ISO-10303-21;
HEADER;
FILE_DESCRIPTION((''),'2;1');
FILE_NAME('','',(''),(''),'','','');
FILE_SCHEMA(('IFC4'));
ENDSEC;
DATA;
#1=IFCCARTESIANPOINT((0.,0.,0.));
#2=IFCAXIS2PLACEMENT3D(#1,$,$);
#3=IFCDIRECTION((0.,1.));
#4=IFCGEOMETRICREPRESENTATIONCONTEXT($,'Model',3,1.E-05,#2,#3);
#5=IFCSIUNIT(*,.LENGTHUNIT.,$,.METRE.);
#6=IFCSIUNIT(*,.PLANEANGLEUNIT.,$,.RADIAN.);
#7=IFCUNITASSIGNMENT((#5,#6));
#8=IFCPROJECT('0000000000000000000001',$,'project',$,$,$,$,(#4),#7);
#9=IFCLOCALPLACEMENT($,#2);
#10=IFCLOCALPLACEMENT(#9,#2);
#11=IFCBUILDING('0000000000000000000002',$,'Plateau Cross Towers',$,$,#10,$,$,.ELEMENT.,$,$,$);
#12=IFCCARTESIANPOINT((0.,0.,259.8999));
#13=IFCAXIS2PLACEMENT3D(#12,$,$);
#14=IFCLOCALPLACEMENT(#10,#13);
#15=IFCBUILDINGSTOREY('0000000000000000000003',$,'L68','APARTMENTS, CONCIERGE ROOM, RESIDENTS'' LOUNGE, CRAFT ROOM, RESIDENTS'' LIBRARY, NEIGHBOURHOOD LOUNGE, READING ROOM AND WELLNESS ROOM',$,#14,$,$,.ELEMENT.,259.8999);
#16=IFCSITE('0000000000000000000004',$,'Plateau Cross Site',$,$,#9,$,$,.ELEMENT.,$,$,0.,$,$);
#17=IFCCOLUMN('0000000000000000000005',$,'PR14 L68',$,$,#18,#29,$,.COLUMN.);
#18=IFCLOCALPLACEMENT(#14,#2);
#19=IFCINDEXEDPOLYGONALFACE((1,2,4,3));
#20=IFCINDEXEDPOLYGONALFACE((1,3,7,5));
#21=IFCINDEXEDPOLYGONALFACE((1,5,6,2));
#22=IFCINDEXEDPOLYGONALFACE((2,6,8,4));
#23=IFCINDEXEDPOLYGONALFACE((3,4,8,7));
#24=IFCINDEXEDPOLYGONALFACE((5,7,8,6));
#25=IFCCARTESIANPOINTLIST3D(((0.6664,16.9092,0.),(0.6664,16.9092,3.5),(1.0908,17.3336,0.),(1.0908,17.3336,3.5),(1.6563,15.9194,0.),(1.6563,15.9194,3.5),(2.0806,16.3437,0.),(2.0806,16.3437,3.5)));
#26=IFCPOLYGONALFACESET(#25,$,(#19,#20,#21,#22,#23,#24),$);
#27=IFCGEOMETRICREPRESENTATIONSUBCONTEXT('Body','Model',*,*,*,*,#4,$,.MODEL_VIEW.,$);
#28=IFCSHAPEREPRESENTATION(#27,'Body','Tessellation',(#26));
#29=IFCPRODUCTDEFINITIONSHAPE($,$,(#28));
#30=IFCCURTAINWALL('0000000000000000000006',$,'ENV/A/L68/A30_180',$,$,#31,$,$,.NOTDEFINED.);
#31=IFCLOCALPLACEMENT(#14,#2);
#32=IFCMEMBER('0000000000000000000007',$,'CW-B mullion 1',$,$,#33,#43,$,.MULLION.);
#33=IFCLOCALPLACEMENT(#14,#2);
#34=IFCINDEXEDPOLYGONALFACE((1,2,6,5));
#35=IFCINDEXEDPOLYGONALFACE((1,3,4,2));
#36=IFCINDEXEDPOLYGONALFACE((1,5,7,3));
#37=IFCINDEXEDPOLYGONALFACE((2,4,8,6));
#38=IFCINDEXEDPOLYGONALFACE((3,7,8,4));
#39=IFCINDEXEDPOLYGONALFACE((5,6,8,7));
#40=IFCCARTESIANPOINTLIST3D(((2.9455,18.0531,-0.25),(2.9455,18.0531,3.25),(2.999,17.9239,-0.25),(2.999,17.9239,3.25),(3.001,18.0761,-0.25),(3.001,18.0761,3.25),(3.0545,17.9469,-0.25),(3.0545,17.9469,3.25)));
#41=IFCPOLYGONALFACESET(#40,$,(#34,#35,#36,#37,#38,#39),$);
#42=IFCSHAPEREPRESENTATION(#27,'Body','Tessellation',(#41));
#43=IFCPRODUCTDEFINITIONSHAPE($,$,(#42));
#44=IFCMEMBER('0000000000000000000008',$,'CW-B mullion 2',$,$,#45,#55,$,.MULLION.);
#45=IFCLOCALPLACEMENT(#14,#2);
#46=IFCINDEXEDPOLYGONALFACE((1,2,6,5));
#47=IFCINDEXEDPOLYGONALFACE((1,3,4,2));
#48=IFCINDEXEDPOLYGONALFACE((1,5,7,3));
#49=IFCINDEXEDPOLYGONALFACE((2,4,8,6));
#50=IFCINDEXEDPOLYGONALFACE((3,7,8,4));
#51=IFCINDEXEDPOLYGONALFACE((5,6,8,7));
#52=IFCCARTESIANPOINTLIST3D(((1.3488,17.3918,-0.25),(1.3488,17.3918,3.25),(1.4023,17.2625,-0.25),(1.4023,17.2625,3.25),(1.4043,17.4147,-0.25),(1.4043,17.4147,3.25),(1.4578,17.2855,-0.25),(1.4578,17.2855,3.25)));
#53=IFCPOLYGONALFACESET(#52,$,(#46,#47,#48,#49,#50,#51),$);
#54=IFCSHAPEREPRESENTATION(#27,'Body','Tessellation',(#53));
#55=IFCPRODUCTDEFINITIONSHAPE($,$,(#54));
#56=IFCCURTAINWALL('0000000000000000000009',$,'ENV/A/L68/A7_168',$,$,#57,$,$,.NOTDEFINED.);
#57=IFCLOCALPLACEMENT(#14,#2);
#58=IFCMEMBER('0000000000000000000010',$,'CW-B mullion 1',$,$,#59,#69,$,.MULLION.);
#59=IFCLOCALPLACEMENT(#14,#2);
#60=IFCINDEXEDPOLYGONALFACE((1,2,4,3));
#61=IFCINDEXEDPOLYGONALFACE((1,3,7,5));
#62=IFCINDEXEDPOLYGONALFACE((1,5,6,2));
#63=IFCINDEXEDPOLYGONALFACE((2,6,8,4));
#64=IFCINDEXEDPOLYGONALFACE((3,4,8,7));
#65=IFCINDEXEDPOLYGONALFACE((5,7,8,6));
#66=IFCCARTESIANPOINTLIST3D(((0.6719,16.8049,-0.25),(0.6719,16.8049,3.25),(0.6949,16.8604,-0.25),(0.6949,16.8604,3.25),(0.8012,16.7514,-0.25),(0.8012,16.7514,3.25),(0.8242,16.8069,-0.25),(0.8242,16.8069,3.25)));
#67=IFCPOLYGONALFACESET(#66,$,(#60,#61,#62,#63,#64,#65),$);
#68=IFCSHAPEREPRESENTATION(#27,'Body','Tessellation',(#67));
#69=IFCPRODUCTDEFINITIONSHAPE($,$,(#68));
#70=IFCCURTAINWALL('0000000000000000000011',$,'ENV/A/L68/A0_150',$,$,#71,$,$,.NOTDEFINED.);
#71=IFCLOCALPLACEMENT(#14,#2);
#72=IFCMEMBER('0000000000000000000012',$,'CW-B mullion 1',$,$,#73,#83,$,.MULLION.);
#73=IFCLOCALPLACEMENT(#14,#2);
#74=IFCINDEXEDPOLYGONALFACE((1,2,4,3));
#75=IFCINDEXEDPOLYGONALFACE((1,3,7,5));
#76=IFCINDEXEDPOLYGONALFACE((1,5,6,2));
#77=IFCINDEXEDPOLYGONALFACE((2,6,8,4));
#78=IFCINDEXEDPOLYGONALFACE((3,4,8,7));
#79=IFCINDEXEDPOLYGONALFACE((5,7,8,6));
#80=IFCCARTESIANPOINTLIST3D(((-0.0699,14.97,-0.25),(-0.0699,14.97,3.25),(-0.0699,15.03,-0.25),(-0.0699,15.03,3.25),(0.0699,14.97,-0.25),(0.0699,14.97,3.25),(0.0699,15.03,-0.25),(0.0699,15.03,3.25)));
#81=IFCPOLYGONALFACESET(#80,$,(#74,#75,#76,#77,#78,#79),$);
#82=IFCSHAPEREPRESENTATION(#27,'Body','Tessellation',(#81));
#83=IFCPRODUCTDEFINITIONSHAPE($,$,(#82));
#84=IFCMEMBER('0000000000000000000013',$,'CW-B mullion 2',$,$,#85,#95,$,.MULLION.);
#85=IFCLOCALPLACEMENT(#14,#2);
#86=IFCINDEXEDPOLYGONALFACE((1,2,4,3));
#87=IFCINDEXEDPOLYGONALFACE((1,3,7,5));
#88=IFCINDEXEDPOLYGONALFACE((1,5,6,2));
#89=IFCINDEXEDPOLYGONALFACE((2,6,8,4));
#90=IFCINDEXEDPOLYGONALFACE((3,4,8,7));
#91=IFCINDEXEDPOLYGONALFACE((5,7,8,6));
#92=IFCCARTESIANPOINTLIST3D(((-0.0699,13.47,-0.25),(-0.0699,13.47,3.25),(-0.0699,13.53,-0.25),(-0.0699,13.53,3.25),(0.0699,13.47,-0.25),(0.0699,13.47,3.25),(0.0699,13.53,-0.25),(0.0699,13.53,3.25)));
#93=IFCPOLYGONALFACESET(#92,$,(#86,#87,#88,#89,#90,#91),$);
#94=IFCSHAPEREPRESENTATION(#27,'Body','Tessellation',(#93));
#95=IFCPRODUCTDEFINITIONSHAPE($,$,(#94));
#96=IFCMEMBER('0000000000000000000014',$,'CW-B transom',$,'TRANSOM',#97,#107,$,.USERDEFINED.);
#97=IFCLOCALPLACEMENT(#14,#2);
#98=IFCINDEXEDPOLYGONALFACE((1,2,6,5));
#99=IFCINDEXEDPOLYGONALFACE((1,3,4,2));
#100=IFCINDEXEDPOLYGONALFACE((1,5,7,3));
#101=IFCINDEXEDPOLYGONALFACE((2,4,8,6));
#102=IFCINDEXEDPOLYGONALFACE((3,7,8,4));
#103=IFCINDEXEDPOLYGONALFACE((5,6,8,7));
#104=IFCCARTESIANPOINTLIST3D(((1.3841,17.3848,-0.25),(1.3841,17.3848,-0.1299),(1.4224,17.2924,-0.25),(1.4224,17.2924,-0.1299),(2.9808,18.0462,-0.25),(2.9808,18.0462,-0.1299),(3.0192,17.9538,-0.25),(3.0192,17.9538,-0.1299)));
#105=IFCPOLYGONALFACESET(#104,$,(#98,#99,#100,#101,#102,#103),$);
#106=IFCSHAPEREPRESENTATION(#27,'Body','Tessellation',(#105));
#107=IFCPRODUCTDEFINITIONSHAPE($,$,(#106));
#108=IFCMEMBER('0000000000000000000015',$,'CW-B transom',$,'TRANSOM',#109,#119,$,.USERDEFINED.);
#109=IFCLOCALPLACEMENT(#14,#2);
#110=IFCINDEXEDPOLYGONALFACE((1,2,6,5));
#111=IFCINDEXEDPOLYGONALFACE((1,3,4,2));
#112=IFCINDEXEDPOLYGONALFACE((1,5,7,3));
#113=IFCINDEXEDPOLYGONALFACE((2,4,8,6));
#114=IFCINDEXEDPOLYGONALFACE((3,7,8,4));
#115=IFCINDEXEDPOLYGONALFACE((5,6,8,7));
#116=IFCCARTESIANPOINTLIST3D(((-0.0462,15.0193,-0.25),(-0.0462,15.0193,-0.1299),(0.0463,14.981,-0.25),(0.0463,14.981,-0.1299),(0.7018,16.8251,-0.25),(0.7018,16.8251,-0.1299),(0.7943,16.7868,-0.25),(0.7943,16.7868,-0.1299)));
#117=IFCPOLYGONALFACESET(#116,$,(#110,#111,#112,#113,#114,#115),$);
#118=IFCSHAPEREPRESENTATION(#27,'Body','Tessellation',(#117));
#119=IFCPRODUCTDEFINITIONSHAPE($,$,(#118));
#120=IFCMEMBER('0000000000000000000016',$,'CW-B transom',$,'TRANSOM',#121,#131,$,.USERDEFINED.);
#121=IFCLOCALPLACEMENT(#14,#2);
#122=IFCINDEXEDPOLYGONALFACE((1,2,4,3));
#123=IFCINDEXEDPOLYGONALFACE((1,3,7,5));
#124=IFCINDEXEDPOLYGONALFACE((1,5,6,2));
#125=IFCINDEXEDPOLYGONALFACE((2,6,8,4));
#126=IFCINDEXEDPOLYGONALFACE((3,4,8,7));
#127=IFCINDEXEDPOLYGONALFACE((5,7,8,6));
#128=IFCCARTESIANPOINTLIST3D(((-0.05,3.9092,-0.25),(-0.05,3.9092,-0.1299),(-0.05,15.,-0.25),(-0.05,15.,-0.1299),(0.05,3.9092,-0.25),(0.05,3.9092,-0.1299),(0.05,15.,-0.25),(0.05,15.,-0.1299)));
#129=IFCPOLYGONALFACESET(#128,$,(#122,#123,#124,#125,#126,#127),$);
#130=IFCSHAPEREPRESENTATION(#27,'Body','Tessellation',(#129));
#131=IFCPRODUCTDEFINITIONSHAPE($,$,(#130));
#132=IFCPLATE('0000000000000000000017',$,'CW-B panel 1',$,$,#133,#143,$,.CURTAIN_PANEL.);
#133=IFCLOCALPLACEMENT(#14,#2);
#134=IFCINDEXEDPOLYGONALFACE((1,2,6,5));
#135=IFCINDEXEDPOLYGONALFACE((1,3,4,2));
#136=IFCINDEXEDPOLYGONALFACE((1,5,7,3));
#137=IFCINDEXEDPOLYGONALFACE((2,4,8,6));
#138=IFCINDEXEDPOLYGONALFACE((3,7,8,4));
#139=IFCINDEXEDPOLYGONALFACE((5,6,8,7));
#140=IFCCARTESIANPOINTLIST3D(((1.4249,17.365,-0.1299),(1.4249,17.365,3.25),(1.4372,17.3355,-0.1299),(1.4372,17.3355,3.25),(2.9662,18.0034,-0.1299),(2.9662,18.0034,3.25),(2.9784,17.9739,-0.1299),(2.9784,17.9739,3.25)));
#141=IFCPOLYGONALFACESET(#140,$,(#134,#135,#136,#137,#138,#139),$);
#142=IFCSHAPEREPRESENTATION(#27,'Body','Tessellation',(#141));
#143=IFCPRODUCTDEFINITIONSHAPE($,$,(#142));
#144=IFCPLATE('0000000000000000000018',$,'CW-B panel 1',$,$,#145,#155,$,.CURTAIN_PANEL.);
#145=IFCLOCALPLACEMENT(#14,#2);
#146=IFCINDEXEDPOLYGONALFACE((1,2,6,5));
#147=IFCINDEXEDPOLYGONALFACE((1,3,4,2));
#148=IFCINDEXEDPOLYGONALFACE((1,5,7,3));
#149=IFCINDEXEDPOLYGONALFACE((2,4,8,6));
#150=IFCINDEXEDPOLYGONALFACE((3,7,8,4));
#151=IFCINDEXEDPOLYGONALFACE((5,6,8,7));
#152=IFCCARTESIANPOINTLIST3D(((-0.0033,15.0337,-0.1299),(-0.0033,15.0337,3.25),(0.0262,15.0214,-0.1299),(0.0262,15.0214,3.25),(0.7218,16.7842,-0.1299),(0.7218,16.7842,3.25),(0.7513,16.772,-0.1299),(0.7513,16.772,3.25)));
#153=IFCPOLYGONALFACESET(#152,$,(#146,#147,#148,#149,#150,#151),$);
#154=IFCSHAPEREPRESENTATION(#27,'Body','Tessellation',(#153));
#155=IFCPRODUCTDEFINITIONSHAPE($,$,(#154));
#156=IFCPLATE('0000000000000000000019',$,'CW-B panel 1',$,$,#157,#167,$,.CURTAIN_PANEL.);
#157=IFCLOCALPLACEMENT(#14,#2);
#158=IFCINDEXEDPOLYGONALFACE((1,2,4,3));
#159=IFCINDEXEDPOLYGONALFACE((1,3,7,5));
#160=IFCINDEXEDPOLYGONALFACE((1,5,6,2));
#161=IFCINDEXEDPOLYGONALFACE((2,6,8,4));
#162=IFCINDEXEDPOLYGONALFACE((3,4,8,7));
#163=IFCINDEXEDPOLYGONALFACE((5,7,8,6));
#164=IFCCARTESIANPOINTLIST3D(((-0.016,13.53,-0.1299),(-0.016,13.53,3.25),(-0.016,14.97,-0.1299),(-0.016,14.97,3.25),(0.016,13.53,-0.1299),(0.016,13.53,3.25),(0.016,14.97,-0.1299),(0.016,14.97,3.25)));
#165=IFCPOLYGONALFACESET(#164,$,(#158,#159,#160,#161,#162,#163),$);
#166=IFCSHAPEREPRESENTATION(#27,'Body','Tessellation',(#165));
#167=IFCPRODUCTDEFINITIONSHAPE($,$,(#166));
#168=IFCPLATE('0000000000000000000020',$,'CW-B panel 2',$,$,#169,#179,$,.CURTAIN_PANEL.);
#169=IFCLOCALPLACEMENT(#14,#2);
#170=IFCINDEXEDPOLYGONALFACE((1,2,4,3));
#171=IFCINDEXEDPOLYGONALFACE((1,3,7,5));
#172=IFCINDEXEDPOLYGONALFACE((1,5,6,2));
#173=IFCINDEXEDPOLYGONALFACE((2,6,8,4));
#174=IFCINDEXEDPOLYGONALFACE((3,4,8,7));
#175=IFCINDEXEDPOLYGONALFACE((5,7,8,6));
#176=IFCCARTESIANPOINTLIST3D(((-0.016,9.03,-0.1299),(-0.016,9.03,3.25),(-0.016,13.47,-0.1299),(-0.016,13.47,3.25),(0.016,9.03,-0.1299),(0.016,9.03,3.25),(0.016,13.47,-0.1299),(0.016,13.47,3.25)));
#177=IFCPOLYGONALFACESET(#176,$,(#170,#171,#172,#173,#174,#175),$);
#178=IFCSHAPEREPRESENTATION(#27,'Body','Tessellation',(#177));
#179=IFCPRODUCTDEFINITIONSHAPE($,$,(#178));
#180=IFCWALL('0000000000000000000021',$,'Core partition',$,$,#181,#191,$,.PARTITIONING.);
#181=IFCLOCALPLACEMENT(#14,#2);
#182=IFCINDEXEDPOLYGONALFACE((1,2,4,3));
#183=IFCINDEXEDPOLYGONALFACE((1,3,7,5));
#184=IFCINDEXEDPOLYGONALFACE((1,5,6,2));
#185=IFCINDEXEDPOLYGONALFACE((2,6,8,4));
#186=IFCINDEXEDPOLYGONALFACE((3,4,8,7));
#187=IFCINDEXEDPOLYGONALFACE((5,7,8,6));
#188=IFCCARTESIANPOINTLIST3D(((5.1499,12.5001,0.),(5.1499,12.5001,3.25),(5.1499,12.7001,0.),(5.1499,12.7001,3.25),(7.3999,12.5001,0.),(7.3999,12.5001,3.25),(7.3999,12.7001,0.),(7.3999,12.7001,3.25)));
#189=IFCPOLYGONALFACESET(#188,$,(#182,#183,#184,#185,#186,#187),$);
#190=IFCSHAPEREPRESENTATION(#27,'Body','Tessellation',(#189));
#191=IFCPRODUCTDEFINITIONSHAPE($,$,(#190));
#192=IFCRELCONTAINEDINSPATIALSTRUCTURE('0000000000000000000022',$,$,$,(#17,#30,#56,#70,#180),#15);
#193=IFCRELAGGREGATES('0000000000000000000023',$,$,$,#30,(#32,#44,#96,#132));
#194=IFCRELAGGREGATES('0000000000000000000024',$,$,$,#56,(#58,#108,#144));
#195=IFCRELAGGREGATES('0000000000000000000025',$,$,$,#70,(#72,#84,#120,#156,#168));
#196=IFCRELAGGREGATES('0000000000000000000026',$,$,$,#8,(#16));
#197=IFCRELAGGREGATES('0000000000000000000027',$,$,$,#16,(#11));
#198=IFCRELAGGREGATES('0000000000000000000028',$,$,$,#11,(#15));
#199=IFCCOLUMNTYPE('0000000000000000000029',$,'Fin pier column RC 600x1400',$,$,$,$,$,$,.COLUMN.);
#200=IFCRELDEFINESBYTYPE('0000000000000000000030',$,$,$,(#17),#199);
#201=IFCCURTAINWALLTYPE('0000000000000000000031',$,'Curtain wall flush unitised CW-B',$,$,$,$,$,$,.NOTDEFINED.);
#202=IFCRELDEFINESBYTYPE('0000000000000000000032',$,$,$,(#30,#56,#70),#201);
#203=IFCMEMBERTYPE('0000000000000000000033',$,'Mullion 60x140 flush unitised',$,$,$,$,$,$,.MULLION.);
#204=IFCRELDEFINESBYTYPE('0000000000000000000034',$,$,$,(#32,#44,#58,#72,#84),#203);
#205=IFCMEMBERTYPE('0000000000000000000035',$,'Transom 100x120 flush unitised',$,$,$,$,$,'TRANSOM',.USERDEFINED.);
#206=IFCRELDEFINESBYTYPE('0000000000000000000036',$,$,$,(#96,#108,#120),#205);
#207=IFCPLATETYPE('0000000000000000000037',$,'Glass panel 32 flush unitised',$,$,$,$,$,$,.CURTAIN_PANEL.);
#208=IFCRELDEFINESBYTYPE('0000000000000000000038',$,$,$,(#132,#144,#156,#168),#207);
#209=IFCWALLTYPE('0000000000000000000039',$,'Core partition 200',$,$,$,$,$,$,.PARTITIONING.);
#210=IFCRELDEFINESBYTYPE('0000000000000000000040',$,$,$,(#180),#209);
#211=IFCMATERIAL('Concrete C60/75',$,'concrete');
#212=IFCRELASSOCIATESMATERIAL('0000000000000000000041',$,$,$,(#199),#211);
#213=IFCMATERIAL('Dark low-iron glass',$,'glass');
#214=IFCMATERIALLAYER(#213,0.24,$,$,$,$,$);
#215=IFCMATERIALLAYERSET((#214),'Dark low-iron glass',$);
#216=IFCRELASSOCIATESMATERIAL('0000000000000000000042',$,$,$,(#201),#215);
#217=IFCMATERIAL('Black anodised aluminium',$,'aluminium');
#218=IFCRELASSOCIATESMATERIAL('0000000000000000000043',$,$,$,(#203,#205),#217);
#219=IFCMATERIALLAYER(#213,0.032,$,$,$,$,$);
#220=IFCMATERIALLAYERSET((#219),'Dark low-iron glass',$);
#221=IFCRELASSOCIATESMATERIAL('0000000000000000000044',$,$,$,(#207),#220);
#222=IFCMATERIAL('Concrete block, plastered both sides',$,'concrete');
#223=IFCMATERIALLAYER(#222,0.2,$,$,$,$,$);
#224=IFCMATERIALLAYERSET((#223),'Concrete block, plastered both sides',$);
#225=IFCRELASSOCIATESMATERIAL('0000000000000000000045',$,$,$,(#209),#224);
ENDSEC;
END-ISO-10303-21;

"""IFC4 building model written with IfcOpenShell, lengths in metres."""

from ifc_helpers import new_model, si_unit, direction, frame, frame_2d, origin, origin_2d, place, context, subcontext, project, spatial, rectangle, extrude, material, layer, layer_set, material_profile, profile_set, type_object, element, aggregate, save


model = new_model("IFC4")

# Units and contexts
model_context = context("Model", 3, precision=1e-05, world=origin(), true_north=direction((0.0, 1.0)))
body_context = subcontext(model_context, "Body", "Model", "MODEL_VIEW")
ifc_project = project(units=[si_unit("LENGTHUNIT", "METRE"), si_unit("PLANEANGLEUNIT", "RADIAN")], contexts=[model_context])

# Site, building, storey
site_placement = place(None, origin())
site = spatial("IfcSite", under=ifc_project, at=site_placement, Name="Plateau Cross Site", CompositionType="ELEMENT", RefElevation=0.0)
building_placement = place(site_placement, origin())
building = spatial("IfcBuilding", under=site, at=building_placement, Name="Plateau Cross Towers", CompositionType="ELEMENT")
storey_placement = place(building_placement, frame((0.0, 0.0, 259.8999)))
storey = spatial("IfcBuildingStorey", under=building, at=storey_placement, Name="L68", Description="APARTMENTS, CONCIERGE ROOM, RESIDENTS' LOUNGE, CRAFT ROOM, RESIDENTS' LIBRARY, NEIGHBOURHOOD LOUNGE, READING ROOM AND WELLNESS ROOM", CompositionType="ELEMENT", Elevation=259.8999)

# Column
ifc_material_1 = material(Name="Concrete C60/75", Category="concrete")
ifc_material_profile_1 = material_profile(ifc_material_1, rectangle(XDim=0.6001, YDim=1.3999, at=origin_2d()), Name="RC 600x1400")
ifc_profile_set_1 = profile_set([ifc_material_profile_1], Name="Concrete C60/75")
column_type = type_object("IfcColumnType", Name="Fin pier column RC 600x1400", PredefinedType="COLUMN", material=ifc_profile_set_1)
column_placement = place(storey_placement, frame((1.3735, 16.6265, 0.0), z_axis=(0.0, 0.0, 1.0), x_axis=(0.707107, 0.707107, 0.0)))
element("IfcColumn", 1, at=column_placement, inside=storey, type_object=column_type, Name="PR14 L68", PredefinedType="COLUMN", context=body_context, shape_type="SweptSolid", body=[
    extrude(rectangle(XDim=0.6001, YDim=1.3999, at=origin_2d()), origin(), (0.0, 0.0, 1.0), 3.5),
])

# Curtain wall, members
ifc_material_2 = material(Name="Dark low-iron glass", Category="glass")
ifc_layer_1 = layer(ifc_material_2, 0.24)
ifc_layer_set_1 = layer_set([ifc_layer_1], Name="Dark low-iron glass")
curtain_wall_type = type_object("IfcCurtainWallType", Name="Curtain wall flush unitised CW-B", PredefinedType="NOTDEFINED", material=ifc_layer_set_1)
curtain_wall_1_placement = place(storey_placement, origin())
curtain_wall_1 = element("IfcCurtainWall", 2, at=curtain_wall_1_placement, inside=storey, type_object=curtain_wall_type, Name="ENV/A/L68/A30_180", PredefinedType="NOTDEFINED")
ifc_material_3 = material(Name="Black anodised aluminium", Category="aluminium")
ifc_material_profile_2 = material_profile(ifc_material_3, rectangle(XDim=0.0601, YDim=0.1399, at=origin_2d()), Name="MULLION 60x140")
ifc_profile_set_2 = profile_set([ifc_material_profile_2], Name="Black anodised aluminium")
member_type_1 = type_object("IfcMemberType", Name="Mullion 60x140 flush unitised", PredefinedType="MULLION", material=ifc_profile_set_2)
member_1_placement = place(storey_placement, frame((3.0, 18.0, -0.25), z_axis=(0.0, 0.0, 1.0), x_axis=(-0.923879, -0.382684, 0.0)))
member_1 = element("IfcMember", 3, at=member_1_placement, type_object=member_type_1, Name="CW-B mullion 1", PredefinedType="MULLION", context=body_context, shape_type="SweptSolid", body=[
    extrude(rectangle(XDim=0.0601, YDim=0.1399, at=origin_2d()), origin(), (0.0, 0.0, 1.0), 3.5),
])
member_2_placement = place(storey_placement, frame((1.4033, 17.3386, -0.25), z_axis=(0.0, 0.0, 1.0), x_axis=(-0.923879, -0.382684, 0.0)))
member_2 = element("IfcMember", 4, at=member_2_placement, type_object=member_type_1, Name="CW-B mullion 2", PredefinedType="MULLION", context=body_context, shape_type="SweptSolid", body=[
    extrude(rectangle(XDim=0.0601, YDim=0.1399, at=origin_2d()), origin(), (0.0, 0.0, 1.0), 3.5),
])

# Curtain wall, member
curtain_wall_2_placement = place(storey_placement, origin())
curtain_wall_2 = element("IfcCurtainWall", 5, at=curtain_wall_2_placement, inside=storey, type_object=curtain_wall_type, Name="ENV/A/L68/A7_168", PredefinedType="NOTDEFINED")
member_3_placement = place(storey_placement, frame((0.748, 16.8059, -0.25), z_axis=(0.0, 0.0, 1.0), x_axis=(-0.382684, -0.923879, 0.0)))
member_3 = element("IfcMember", 6, at=member_3_placement, type_object=member_type_1, Name="CW-B mullion 1", PredefinedType="MULLION", context=body_context, shape_type="SweptSolid", body=[
    extrude(rectangle(XDim=0.0601, YDim=0.1399, at=origin_2d()), origin(), (0.0, 0.0, 1.0), 3.5),
])

# Curtain wall, members
curtain_wall_3_placement = place(storey_placement, origin())
curtain_wall_3 = element("IfcCurtainWall", 7, at=curtain_wall_3_placement, inside=storey, type_object=curtain_wall_type, Name="ENV/A/L68/A0_150", PredefinedType="NOTDEFINED")
member_4_placement = place(storey_placement, frame((0.0, 15.0, -0.25), z_axis=(0.0, 0.0, 1.0), x_axis=(0.0, -1.0, 0.0)))
member_4 = element("IfcMember", 8, at=member_4_placement, type_object=member_type_1, Name="CW-B mullion 1", PredefinedType="MULLION", context=body_context, shape_type="SweptSolid", body=[
    extrude(rectangle(XDim=0.0601, YDim=0.1399, at=origin_2d()), origin(), (0.0, 0.0, 1.0), 3.5),
])
member_5_placement = place(storey_placement, frame((0.0, 13.5, -0.25), z_axis=(0.0, 0.0, 1.0), x_axis=(0.0, -1.0, 0.0)))
member_5 = element("IfcMember", 9, at=member_5_placement, type_object=member_type_1, Name="CW-B mullion 2", PredefinedType="MULLION", context=body_context, shape_type="SweptSolid", body=[
    extrude(rectangle(XDim=0.0601, YDim=0.1399, at=origin_2d()), origin(), (0.0, 0.0, 1.0), 3.5),
])

# Members
ifc_material_profile_3 = material_profile(ifc_material_3, rectangle(XDim=0.1001, YDim=0.1201, at=origin_2d()), Name="TRANSOM 100x120")
ifc_profile_set_3 = profile_set([ifc_material_profile_3], Name="Black anodised aluminium")
member_type_2 = type_object("IfcMemberType", Name="Transom 100x120 flush unitised", ElementType="TRANSOM", PredefinedType="USERDEFINED", material=ifc_profile_set_3)
member_6_placement = place(storey_placement, frame((3.0, 18.0, -0.1899), z_axis=(-0.923877, -0.382689, 0.0), x_axis=(0.382689, -0.923877, 0.0)))
member_6 = element("IfcMember", 10, at=member_6_placement, type_object=member_type_2, Name="CW-B transom", ObjectType="TRANSOM", PredefinedType="USERDEFINED", context=body_context, shape_type="SweptSolid", body=[
    extrude(rectangle(XDim=0.1001, YDim=0.1201, at=origin_2d()), origin(), (0.0, 0.0, 1.0), 1.7283),
])
member_7_placement = place(storey_placement, frame((0.748, 16.8059, -0.1899), z_axis=(-0.38269, -0.923877, 0.0), x_axis=(0.923877, -0.38269, 0.0)))
member_7 = element("IfcMember", 11, at=member_7_placement, type_object=member_type_2, Name="CW-B transom", ObjectType="TRANSOM", PredefinedType="USERDEFINED", context=body_context, shape_type="SweptSolid", body=[
    extrude(rectangle(XDim=0.1001, YDim=0.1201, at=origin_2d()), origin(), (0.0, 0.0, 1.0), 1.9546),
])
member_8_placement = place(storey_placement, frame((0.0, 15.0, -0.1899), z_axis=(0.0, -1.0, 0.0), x_axis=(1.0, 0.0, 0.0)))
member_8 = element("IfcMember", 12, at=member_8_placement, type_object=member_type_2, Name="CW-B transom", ObjectType="TRANSOM", PredefinedType="USERDEFINED", context=body_context, shape_type="SweptSolid", body=[
    extrude(rectangle(XDim=0.1001, YDim=0.1201, at=origin_2d()), origin(), (0.0, 0.0, 1.0), 11.0908),
])

# Plates
ifc_layer_2 = layer(ifc_material_2, 0.032)
ifc_layer_set_2 = layer_set([ifc_layer_2], Name="Dark low-iron glass")
plate_type = type_object("IfcPlateType", Name="Glass panel 32 flush unitised", PredefinedType="CURTAIN_PANEL", material=ifc_layer_set_2)
plate_1_placement = place(storey_placement, frame((2.2017, 17.6694, -0.1299), z_axis=(0.0, 0.0, 1.0), x_axis=(-0.923879, -0.382684, 0.0)))
plate_1 = element("IfcPlate", 13, at=plate_1_placement, type_object=plate_type, Name="CW-B panel 1", PredefinedType="CURTAIN_PANEL", context=body_context, shape_type="SweptSolid", body=[
    extrude(rectangle(XDim=1.6682, YDim=0.032, at=origin_2d()), origin(), (0.0, 0.0, 1.0), 3.3799),
])
aggregate(curtain_wall_1, [member_1, member_2, member_6, plate_1])
plate_2_placement = place(storey_placement, frame((0.374, 15.9028, -0.1299), z_axis=(0.0, 0.0, 1.0), x_axis=(-0.382684, -0.923879, 0.0)))
plate_2 = element("IfcPlate", 14, at=plate_2_placement, type_object=plate_type, Name="CW-B panel 1", PredefinedType="CURTAIN_PANEL", context=body_context, shape_type="SweptSolid", body=[
    extrude(rectangle(XDim=1.8948, YDim=0.032, at=origin_2d()), origin(), (0.0, 0.0, 1.0), 3.3799),
])
aggregate(curtain_wall_2, [member_3, member_7, plate_2])
plate_3_placement = place(storey_placement, frame((0.0, 14.25, -0.1299), z_axis=(0.0, 0.0, 1.0), x_axis=(0.0, -1.0, 0.0)))
plate_3 = element("IfcPlate", 15, at=plate_3_placement, type_object=plate_type, Name="CW-B panel 1", PredefinedType="CURTAIN_PANEL", context=body_context, shape_type="SweptSolid", body=[
    extrude(rectangle(XDim=1.4399, YDim=0.032, at=origin_2d()), origin(), (0.0, 0.0, 1.0), 3.3799),
])
plate_4_placement = place(storey_placement, frame((0.0, 11.25, -0.1299), z_axis=(0.0, 0.0, 1.0), x_axis=(0.0, -1.0, 0.0)))
plate_4 = element("IfcPlate", 16, at=plate_4_placement, type_object=plate_type, Name="CW-B panel 2", PredefinedType="CURTAIN_PANEL", context=body_context, shape_type="SweptSolid", body=[
    extrude(rectangle(XDim=4.4399, YDim=0.032, at=origin_2d()), origin(), (0.0, 0.0, 1.0), 3.3799),
])
aggregate(curtain_wall_3, [member_4, member_5, member_8, plate_3, plate_4])

# Wall
ifc_material_4 = material(Name="Concrete block, plastered both sides", Category="concrete")
ifc_layer_3 = layer(ifc_material_4, 0.2)
ifc_layer_set_3 = layer_set([ifc_layer_3], Name="Concrete block, plastered both sides")
wall_type_1 = type_object("IfcWallType", Name="Core partition 200", PredefinedType="PARTITIONING", material=ifc_layer_set_3)
for number, where, z_axis, x_axis, name in (
    (17, (5.1499, 12.6001, 0.0), (0.0, 0.0, 1.0), (1.0, 0.0, 0.0), "Core partition"),
):
    element("IfcWall", number, at=place(storey_placement, frame(where, z_axis=z_axis, x_axis=x_axis)), inside=storey, type_object=wall_type_1, Name=name, PredefinedType="PARTITIONING", context=body_context, shape_type="SweptSolid", body=[
        extrude(rectangle(XDim=2.25, YDim=0.2, at=frame_2d((1.125, 0.0))), origin(), (0.0, 0.0, 1.0), 3.25),
    ])

save(model, "model.ifc")
